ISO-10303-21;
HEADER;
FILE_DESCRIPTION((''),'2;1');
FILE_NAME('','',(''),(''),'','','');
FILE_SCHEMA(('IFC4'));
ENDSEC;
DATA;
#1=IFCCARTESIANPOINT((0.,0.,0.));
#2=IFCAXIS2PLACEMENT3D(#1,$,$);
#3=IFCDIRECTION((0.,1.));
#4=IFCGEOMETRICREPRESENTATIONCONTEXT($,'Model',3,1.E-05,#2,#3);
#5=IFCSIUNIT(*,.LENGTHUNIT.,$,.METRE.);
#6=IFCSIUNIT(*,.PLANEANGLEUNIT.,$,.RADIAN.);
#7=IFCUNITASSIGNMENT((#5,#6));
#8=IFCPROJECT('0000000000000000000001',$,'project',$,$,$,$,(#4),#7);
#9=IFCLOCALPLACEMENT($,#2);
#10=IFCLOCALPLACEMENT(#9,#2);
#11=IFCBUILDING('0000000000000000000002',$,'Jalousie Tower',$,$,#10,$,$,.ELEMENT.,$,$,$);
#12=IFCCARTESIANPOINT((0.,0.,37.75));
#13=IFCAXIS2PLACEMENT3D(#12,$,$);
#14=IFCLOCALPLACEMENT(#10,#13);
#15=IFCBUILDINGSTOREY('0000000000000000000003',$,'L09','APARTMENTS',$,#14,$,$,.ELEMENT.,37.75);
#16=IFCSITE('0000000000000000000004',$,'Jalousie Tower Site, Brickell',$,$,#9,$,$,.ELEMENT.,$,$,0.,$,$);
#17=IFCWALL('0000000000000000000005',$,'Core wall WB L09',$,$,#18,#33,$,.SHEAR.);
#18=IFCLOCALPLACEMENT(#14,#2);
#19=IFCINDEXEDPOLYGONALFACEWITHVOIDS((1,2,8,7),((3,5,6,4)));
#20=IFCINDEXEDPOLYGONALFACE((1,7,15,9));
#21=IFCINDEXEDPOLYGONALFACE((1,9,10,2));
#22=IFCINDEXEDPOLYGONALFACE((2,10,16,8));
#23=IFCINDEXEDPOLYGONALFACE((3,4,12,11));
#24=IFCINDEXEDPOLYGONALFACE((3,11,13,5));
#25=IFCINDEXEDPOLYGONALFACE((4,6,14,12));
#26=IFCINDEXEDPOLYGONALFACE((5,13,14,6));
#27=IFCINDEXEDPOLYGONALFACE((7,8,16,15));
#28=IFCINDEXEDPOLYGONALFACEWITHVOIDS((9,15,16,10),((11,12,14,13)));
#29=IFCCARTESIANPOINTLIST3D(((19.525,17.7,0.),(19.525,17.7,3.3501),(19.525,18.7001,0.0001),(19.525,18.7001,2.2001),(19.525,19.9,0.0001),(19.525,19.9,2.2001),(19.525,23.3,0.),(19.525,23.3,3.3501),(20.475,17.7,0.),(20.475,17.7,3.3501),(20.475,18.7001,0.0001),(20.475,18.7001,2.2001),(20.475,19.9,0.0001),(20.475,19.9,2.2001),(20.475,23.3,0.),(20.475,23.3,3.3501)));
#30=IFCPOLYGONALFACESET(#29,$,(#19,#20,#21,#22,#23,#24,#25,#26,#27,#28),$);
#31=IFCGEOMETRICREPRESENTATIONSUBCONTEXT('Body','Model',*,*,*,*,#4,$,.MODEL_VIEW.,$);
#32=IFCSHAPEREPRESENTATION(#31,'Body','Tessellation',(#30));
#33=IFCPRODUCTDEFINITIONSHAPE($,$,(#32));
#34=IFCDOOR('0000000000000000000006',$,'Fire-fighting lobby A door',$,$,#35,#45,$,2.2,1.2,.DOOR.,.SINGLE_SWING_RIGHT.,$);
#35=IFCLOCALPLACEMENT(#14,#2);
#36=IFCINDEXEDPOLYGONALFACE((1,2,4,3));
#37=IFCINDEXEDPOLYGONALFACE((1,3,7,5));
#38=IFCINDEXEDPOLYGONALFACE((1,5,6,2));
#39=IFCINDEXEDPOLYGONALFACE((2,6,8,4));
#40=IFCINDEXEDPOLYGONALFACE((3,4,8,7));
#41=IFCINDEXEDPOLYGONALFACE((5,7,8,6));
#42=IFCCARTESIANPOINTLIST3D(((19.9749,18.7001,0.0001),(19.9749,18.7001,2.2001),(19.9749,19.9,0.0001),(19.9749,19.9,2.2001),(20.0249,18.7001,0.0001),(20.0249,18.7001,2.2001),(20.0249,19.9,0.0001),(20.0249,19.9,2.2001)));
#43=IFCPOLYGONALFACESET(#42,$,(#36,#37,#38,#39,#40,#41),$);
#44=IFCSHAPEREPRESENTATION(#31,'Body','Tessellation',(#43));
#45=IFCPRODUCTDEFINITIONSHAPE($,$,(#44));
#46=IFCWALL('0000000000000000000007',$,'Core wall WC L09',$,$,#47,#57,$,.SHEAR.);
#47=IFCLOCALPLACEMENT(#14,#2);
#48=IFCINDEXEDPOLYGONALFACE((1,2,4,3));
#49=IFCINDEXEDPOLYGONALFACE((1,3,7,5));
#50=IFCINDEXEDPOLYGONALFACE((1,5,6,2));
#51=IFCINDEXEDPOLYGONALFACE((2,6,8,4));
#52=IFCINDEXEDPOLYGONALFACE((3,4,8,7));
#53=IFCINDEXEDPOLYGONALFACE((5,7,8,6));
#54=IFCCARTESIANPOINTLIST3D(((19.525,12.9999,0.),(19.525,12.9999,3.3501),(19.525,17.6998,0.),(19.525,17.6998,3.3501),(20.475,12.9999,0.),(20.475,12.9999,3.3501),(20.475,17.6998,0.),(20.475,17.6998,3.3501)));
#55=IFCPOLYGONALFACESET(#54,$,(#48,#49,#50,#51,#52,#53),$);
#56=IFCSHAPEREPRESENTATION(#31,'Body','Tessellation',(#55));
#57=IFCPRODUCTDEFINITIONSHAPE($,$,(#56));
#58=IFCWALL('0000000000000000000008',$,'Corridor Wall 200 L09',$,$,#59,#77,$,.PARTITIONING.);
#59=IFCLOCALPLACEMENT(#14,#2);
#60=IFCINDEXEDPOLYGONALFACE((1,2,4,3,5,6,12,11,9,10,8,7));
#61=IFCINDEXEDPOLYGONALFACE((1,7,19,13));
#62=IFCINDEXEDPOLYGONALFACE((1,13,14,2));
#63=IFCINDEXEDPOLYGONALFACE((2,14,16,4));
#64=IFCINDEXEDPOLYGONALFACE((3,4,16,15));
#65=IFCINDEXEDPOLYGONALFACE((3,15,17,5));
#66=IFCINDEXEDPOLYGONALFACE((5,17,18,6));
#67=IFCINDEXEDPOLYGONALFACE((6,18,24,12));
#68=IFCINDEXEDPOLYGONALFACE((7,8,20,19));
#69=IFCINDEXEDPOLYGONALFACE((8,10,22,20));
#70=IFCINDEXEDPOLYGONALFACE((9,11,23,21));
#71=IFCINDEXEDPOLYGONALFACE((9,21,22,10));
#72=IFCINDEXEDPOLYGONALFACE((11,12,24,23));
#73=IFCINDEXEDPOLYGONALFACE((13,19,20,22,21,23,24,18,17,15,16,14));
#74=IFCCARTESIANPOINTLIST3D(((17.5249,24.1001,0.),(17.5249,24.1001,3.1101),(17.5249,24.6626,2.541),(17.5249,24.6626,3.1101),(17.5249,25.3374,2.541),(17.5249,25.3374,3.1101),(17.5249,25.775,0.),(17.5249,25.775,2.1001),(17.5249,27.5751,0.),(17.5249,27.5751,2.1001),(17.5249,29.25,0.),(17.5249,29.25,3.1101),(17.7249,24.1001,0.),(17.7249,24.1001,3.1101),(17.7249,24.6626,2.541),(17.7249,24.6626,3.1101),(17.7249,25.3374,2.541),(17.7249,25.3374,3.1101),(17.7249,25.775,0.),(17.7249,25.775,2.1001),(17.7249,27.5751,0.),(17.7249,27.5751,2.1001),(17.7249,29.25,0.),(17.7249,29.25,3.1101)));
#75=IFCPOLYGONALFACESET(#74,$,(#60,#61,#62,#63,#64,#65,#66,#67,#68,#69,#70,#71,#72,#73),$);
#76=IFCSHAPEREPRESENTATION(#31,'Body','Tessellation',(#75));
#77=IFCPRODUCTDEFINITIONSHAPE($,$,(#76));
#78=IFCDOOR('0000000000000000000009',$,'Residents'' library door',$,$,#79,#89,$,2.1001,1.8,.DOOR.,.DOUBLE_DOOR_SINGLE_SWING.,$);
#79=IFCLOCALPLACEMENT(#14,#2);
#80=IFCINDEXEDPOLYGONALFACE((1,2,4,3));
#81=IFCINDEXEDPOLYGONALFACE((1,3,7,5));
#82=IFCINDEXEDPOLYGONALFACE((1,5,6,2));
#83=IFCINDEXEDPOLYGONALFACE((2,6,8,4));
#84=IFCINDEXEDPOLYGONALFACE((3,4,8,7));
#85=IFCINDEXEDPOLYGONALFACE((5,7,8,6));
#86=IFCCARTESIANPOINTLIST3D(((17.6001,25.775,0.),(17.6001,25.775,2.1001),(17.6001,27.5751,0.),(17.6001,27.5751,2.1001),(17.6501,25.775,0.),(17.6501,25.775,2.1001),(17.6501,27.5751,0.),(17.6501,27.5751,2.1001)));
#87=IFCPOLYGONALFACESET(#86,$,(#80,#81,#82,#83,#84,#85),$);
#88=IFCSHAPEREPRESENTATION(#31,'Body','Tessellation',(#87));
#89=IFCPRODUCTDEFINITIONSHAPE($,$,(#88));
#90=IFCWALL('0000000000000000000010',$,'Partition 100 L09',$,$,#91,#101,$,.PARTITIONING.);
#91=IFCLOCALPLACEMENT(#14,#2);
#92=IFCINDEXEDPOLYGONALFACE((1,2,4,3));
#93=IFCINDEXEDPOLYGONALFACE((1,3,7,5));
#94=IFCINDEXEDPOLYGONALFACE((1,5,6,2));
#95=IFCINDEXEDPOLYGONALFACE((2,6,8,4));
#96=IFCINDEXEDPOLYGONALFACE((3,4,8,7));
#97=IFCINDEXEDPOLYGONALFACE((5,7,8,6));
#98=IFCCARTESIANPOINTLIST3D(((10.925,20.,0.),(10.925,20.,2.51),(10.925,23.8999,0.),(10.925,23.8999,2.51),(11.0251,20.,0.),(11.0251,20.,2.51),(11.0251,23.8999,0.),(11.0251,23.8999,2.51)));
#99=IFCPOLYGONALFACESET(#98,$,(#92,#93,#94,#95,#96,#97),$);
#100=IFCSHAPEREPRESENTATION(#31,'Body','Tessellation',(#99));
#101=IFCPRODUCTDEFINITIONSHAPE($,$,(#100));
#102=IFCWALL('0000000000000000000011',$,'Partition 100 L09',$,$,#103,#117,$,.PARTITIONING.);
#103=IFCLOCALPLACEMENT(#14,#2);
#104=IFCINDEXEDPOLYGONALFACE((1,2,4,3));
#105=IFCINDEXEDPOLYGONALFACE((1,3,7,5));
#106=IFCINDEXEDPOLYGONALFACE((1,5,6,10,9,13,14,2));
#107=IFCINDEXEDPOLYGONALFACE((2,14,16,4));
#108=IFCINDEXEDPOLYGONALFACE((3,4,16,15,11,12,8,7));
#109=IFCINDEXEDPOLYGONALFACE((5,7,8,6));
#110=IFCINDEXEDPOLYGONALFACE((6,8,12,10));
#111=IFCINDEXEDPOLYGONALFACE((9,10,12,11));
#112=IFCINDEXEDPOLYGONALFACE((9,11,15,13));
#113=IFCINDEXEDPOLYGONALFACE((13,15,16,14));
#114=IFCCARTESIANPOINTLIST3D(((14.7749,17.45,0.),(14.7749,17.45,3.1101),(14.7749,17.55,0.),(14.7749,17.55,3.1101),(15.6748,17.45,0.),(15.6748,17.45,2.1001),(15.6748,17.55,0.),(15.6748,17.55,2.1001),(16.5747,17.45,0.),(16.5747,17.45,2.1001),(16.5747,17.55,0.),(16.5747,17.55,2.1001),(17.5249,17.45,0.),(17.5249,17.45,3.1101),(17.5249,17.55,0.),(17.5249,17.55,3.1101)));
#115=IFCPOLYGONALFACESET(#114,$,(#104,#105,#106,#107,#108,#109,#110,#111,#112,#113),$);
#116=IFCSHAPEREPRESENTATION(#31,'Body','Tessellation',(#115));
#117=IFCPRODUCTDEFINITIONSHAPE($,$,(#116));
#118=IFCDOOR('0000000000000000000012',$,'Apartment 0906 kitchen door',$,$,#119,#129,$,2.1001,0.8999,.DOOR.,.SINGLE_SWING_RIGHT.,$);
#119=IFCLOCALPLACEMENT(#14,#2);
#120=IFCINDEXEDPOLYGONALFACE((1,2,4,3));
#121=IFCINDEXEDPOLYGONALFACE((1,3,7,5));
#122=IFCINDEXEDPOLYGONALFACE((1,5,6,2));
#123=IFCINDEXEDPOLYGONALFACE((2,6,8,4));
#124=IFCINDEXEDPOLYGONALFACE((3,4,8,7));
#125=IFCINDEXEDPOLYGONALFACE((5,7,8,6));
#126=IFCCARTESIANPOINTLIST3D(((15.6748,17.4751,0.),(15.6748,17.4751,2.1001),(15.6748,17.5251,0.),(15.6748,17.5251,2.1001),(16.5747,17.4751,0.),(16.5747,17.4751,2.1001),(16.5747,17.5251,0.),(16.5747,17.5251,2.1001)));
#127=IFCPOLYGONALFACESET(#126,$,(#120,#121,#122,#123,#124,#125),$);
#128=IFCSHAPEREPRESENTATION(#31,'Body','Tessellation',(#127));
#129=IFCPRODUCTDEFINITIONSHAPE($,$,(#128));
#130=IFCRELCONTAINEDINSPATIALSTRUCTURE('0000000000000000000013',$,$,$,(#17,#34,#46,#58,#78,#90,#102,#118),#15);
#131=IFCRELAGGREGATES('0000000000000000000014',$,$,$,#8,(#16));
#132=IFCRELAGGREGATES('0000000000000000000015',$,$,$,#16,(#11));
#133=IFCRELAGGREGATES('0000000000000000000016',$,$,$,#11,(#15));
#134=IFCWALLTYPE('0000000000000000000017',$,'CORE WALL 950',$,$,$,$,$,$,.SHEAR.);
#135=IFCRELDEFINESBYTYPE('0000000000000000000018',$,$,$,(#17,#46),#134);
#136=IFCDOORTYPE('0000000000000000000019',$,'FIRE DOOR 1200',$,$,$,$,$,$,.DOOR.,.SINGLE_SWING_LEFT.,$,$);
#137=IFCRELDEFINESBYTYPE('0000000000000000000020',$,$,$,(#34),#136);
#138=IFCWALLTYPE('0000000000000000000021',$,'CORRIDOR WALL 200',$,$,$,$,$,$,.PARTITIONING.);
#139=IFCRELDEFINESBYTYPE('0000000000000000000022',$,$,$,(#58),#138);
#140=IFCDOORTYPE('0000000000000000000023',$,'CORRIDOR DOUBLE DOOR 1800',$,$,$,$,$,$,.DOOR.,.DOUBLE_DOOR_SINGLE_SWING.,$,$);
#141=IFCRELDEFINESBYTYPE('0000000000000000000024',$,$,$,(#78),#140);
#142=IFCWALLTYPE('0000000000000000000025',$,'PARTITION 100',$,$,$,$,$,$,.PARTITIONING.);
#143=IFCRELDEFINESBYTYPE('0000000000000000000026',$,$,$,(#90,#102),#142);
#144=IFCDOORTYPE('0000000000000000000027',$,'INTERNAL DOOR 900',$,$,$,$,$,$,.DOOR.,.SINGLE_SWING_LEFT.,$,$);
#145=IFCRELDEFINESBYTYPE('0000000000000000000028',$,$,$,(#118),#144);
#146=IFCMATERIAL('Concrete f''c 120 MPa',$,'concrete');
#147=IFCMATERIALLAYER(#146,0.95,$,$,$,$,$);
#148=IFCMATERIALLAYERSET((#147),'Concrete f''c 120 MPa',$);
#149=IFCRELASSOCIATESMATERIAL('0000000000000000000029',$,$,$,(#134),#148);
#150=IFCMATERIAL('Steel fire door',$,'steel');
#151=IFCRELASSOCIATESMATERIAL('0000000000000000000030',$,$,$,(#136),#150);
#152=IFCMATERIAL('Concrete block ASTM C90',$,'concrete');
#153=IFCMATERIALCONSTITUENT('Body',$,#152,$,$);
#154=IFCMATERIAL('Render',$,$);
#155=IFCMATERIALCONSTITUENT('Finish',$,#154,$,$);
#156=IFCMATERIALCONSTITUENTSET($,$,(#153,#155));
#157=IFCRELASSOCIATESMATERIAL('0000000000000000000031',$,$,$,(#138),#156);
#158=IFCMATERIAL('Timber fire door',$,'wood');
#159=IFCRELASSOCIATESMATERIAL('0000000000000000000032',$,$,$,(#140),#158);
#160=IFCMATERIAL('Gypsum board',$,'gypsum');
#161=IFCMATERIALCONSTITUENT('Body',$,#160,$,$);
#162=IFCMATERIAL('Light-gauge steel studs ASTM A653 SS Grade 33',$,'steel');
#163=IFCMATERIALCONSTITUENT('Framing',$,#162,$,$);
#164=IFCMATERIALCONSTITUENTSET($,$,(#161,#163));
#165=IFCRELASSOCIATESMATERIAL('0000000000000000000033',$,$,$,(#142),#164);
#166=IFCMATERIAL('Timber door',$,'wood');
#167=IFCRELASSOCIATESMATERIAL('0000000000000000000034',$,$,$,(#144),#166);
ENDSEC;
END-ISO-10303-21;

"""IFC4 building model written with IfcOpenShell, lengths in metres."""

from ifc_helpers import new_model, si_unit, direction, frame, frame_2d, origin, place, context, subcontext, project, spatial, polyline, rectangle, outline, extrude, material, layer, layer_set, constituent, constituent_set, type_object, element, fill, save


model = new_model("IFC4")

# Units and contexts
model_context = context("Model", 3, precision=1e-05, world=origin(), true_north=direction((0.0, 1.0)))
body_context = subcontext(model_context, "Body", "Model", "MODEL_VIEW")
ifc_project = project(units=[si_unit("LENGTHUNIT", "METRE"), si_unit("PLANEANGLEUNIT", "RADIAN")], contexts=[model_context])

# Site, building, storey
site_placement = place(None, origin())
site = spatial("IfcSite", under=ifc_project, at=site_placement, Name="Jalousie Tower Site, Brickell", CompositionType="ELEMENT", RefElevation=0.0)
building_placement = place(site_placement, origin())
building = spatial("IfcBuilding", under=site, at=building_placement, Name="Jalousie Tower", CompositionType="ELEMENT")
storey_placement = place(building_placement, frame((0.0, 0.0, 37.75)))
storey = spatial("IfcBuildingStorey", under=building, at=storey_placement, Name="L09", Description="APARTMENTS", CompositionType="ELEMENT", Elevation=37.75)

# Shared definitions
ifc_material_1 = material(Name="Concrete f'c 120 MPa", Category="concrete")
ifc_layer_1 = layer(ifc_material_1, 0.95)
ifc_layer_set_1 = layer_set([ifc_layer_1], Name="Concrete f'c 120 MPa")
wall_type_1 = type_object("IfcWallType", Name="CORE WALL 950", PredefinedType="SHEAR", material=ifc_layer_set_1)

# Wall, opening, door
wall_1_placement = place(storey_placement, frame((20.0, 23.3, 0.0), z_axis=(0.0, 0.0, 1.0), x_axis=(0.0, -1.0, 0.0)))
wall_1 = element("IfcWall", 1, at=wall_1_placement, inside=storey, type_object=wall_type_1, Name="Core wall WB L09", PredefinedType="SHEAR", context=body_context, shape_type="SweptSolid", body=[
    extrude(rectangle(XDim=5.6001, YDim=0.95, at=frame_2d((2.8, 0.0))), origin(), (0.0, 0.0, 1.0), 3.3501),
])
opening_1_placement = place(wall_1_placement, frame((3.3999, 0.0, 0.0)))
opening_1 = element("IfcOpeningElement", 2, at=opening_1_placement, cuts=wall_1, PredefinedType="OPENING", context=body_context, shape_type="SweptSolid", body=[
    extrude(rectangle(XDim=1.2, YDim=2.2, at=frame_2d((0.6001, 1.1001))), frame((0.0, 0.4849, 0.0), z_axis=(0.0, -1.0, 0.0), x_axis=(1.0, 0.0, 0.0)), (0.0, 0.0, 1.0), 0.97),
])
ifc_material_2 = material(Name="Steel fire door", Category="steel")
door_type_1 = type_object("IfcDoorType", Name="FIRE DOOR 1200", OperationType="SINGLE_SWING_LEFT", PredefinedType="DOOR", material=ifc_material_2)
door_1_placement = place(opening_1_placement, origin())
door_1 = element("IfcDoor", 3, at=door_1_placement, inside=storey, type_object=door_type_1, Name="Fire-fighting lobby A door", OperationType="SINGLE_SWING_RIGHT", OverallHeight=2.2, OverallWidth=1.2, PredefinedType="DOOR", context=body_context, shape_type="SweptSolid", body=[
    extrude(rectangle(XDim=1.2, YDim=2.2, at=frame_2d((0.6001, 1.1001))), frame((0.0, 0.0249, 0.0), z_axis=(0.0, -1.0, 0.0), x_axis=(1.0, 0.0, 0.0)), (0.0, 0.0, 1.0), 0.05),
])
fill(opening_1, door_1)

# Wall
wall_2_placement = place(storey_placement, frame((20.0, 17.7, 0.0), z_axis=(0.0, 0.0, 1.0), x_axis=(0.0, -1.0, 0.0)))
element("IfcWall", 4, at=wall_2_placement, inside=storey, type_object=wall_type_1, Name="Core wall WC L09", PredefinedType="SHEAR", context=body_context, shape_type="SweptSolid", body=[
    extrude(rectangle(XDim=4.7, YDim=0.95, at=frame_2d((2.3501, 0.0))), origin(), (0.0, 0.0, 1.0), 3.3501),
])

# Wall, opening, door
ifc_material_3 = material(Name="Concrete block ASTM C90", Category="concrete")
ifc_constituent_1 = constituent(ifc_material_3, Name="Body")
ifc_material_4 = material(Name="Render")
ifc_constituent_2 = constituent(ifc_material_4, Name="Finish")
ifc_constituent_set_1 = constituent_set(constituents=[ifc_constituent_1, ifc_constituent_2])
wall_type_2 = type_object("IfcWallType", Name="CORRIDOR WALL 200", PredefinedType="PARTITIONING", material=ifc_constituent_set_1)
wall_3_placement = place(storey_placement, frame((17.625, 24.1001, 0.0), z_axis=(0.0, 0.0, 1.0), x_axis=(0.0, 1.0, 0.0)))
wall_3 = element("IfcWall", 5, at=wall_3_placement, inside=storey, type_object=wall_type_2, Name="Corridor Wall 200 L09", PredefinedType="PARTITIONING", context=body_context, shape_type="SweptSolid", body=[
    extrude(outline(polyline([(0.0, 0.0), (5.1499, 0.0), (5.1499, 3.1101), (1.2373, 3.1101), (1.2373, 2.541), (0.5625, 2.541), (0.5625, 3.1101), (0.0, 3.1101), (0.0, 0.0)])), frame((0.0, 0.1001, 0.0), z_axis=(0.0, -1.0, 0.0), x_axis=(1.0, 0.0, 0.0)), (0.0, 0.0, 1.0), 0.2),
])
opening_2_placement = place(wall_3_placement, frame((1.675, 0.0, 0.0)))
opening_2 = element("IfcOpeningElement", 6, at=opening_2_placement, cuts=wall_3, PredefinedType="OPENING", context=body_context, shape_type="SweptSolid", body=[
    extrude(rectangle(XDim=1.8, YDim=2.1001, at=frame_2d((0.8999, 1.05))), frame((0.0, 0.1099, 0.0), z_axis=(0.0, -1.0, 0.0), x_axis=(1.0, 0.0, 0.0)), (0.0, 0.0, 1.0), 0.22),
])
ifc_material_5 = material(Name="Timber fire door", Category="wood")
door_type_2 = type_object("IfcDoorType", Name="CORRIDOR DOUBLE DOOR 1800", OperationType="DOUBLE_DOOR_SINGLE_SWING", PredefinedType="DOOR", material=ifc_material_5)
door_2_placement = place(opening_2_placement, origin())
door_2 = element("IfcDoor", 7, at=door_2_placement, inside=storey, type_object=door_type_2, Name="Residents' library door", OperationType="DOUBLE_DOOR_SINGLE_SWING", OverallHeight=2.1001, OverallWidth=1.8, PredefinedType="DOOR", context=body_context, shape_type="SweptSolid", body=[
    extrude(rectangle(XDim=1.8, YDim=2.1001, at=frame_2d((0.8999, 1.05))), frame((0.0, 0.0249, 0.0), z_axis=(0.0, -1.0, 0.0), x_axis=(1.0, 0.0, 0.0)), (0.0, 0.0, 1.0), 0.05),
])
fill(opening_2, door_2)

# Wall
ifc_material_6 = material(Name="Gypsum board", Category="gypsum")
ifc_constituent_3 = constituent(ifc_material_6, Name="Body")
ifc_material_7 = material(Name="Light-gauge steel studs ASTM A653 SS Grade 33", Category="steel")
ifc_constituent_4 = constituent(ifc_material_7, Name="Framing")
ifc_constituent_set_2 = constituent_set(constituents=[ifc_constituent_3, ifc_constituent_4])
wall_type_3 = type_object("IfcWallType", Name="PARTITION 100", PredefinedType="PARTITIONING", material=ifc_constituent_set_2)
wall_4_placement = place(storey_placement, frame((10.9751, 20.0, 0.0), z_axis=(0.0, 0.0, 1.0), x_axis=(0.0, 1.0, 0.0)))
element("IfcWall", 8, at=wall_4_placement, inside=storey, type_object=wall_type_3, Name="Partition 100 L09", PredefinedType="PARTITIONING", context=body_context, shape_type="SweptSolid", body=[
    extrude(outline(polyline([(0.0, 0.0), (3.8999, 0.0), (3.8999, 3.1101), (3.8999, 2.51), (0.0, 2.51), (0.0, 3.1101), (0.0, 0.0)])), frame((0.0, 0.05, 0.0), z_axis=(0.0, -1.0, 0.0), x_axis=(1.0, 0.0, 0.0)), (0.0, 0.0, 1.0), 0.1001),
])

# Wall, opening, door
wall_5_placement = place(storey_placement, frame((14.7749, 17.5, 0.0), z_axis=(0.0, 0.0, 1.0), x_axis=(1.0, 0.0, 0.0)))
wall_5 = element("IfcWall", 9, at=wall_5_placement, inside=storey, type_object=wall_type_3, Name="Partition 100 L09", PredefinedType="PARTITIONING", context=body_context, shape_type="SweptSolid", body=[
    extrude(rectangle(XDim=2.75, YDim=0.1001, at=frame_2d((1.375, 0.0))), origin(), (0.0, 0.0, 1.0), 3.1101),
])
opening_3_placement = place(wall_5_placement, frame((0.8999, 0.0, 0.0)))
opening_3 = element("IfcOpeningElement", 10, at=opening_3_placement, cuts=wall_5, PredefinedType="OPENING", context=body_context, shape_type="SweptSolid", body=[
    extrude(rectangle(XDim=0.8999, YDim=2.1001, at=frame_2d((0.45, 1.05))), frame((0.0, 0.0601, 0.0), z_axis=(0.0, -1.0, 0.0), x_axis=(1.0, 0.0, 0.0)), (0.0, 0.0, 1.0), 0.1201),
])
ifc_material_8 = material(Name="Timber door", Category="wood")
door_type_3 = type_object("IfcDoorType", Name="INTERNAL DOOR 900", OperationType="SINGLE_SWING_LEFT", PredefinedType="DOOR", material=ifc_material_8)
door_3_placement = place(opening_3_placement, frame((0.8999, 0.0, 0.0), z_axis=(0.0, 0.0, 1.0), x_axis=(-1.0, 0.0, 0.0)))
door_3 = element("IfcDoor", 11, at=door_3_placement, inside=storey, type_object=door_type_3, Name="Apartment 0906 kitchen door", OperationType="SINGLE_SWING_RIGHT", OverallHeight=2.1001, OverallWidth=0.8999, PredefinedType="DOOR", context=body_context, shape_type="SweptSolid", body=[
    extrude(rectangle(XDim=0.8999, YDim=2.1001, at=frame_2d((0.45, 1.05))), frame((0.0, 0.0249, 0.0), z_axis=(0.0, -1.0, 0.0), x_axis=(1.0, 0.0, 0.0)), (0.0, 0.0, 1.0), 0.05),
])
fill(opening_3, door_3)

save(model, "model.ifc")
